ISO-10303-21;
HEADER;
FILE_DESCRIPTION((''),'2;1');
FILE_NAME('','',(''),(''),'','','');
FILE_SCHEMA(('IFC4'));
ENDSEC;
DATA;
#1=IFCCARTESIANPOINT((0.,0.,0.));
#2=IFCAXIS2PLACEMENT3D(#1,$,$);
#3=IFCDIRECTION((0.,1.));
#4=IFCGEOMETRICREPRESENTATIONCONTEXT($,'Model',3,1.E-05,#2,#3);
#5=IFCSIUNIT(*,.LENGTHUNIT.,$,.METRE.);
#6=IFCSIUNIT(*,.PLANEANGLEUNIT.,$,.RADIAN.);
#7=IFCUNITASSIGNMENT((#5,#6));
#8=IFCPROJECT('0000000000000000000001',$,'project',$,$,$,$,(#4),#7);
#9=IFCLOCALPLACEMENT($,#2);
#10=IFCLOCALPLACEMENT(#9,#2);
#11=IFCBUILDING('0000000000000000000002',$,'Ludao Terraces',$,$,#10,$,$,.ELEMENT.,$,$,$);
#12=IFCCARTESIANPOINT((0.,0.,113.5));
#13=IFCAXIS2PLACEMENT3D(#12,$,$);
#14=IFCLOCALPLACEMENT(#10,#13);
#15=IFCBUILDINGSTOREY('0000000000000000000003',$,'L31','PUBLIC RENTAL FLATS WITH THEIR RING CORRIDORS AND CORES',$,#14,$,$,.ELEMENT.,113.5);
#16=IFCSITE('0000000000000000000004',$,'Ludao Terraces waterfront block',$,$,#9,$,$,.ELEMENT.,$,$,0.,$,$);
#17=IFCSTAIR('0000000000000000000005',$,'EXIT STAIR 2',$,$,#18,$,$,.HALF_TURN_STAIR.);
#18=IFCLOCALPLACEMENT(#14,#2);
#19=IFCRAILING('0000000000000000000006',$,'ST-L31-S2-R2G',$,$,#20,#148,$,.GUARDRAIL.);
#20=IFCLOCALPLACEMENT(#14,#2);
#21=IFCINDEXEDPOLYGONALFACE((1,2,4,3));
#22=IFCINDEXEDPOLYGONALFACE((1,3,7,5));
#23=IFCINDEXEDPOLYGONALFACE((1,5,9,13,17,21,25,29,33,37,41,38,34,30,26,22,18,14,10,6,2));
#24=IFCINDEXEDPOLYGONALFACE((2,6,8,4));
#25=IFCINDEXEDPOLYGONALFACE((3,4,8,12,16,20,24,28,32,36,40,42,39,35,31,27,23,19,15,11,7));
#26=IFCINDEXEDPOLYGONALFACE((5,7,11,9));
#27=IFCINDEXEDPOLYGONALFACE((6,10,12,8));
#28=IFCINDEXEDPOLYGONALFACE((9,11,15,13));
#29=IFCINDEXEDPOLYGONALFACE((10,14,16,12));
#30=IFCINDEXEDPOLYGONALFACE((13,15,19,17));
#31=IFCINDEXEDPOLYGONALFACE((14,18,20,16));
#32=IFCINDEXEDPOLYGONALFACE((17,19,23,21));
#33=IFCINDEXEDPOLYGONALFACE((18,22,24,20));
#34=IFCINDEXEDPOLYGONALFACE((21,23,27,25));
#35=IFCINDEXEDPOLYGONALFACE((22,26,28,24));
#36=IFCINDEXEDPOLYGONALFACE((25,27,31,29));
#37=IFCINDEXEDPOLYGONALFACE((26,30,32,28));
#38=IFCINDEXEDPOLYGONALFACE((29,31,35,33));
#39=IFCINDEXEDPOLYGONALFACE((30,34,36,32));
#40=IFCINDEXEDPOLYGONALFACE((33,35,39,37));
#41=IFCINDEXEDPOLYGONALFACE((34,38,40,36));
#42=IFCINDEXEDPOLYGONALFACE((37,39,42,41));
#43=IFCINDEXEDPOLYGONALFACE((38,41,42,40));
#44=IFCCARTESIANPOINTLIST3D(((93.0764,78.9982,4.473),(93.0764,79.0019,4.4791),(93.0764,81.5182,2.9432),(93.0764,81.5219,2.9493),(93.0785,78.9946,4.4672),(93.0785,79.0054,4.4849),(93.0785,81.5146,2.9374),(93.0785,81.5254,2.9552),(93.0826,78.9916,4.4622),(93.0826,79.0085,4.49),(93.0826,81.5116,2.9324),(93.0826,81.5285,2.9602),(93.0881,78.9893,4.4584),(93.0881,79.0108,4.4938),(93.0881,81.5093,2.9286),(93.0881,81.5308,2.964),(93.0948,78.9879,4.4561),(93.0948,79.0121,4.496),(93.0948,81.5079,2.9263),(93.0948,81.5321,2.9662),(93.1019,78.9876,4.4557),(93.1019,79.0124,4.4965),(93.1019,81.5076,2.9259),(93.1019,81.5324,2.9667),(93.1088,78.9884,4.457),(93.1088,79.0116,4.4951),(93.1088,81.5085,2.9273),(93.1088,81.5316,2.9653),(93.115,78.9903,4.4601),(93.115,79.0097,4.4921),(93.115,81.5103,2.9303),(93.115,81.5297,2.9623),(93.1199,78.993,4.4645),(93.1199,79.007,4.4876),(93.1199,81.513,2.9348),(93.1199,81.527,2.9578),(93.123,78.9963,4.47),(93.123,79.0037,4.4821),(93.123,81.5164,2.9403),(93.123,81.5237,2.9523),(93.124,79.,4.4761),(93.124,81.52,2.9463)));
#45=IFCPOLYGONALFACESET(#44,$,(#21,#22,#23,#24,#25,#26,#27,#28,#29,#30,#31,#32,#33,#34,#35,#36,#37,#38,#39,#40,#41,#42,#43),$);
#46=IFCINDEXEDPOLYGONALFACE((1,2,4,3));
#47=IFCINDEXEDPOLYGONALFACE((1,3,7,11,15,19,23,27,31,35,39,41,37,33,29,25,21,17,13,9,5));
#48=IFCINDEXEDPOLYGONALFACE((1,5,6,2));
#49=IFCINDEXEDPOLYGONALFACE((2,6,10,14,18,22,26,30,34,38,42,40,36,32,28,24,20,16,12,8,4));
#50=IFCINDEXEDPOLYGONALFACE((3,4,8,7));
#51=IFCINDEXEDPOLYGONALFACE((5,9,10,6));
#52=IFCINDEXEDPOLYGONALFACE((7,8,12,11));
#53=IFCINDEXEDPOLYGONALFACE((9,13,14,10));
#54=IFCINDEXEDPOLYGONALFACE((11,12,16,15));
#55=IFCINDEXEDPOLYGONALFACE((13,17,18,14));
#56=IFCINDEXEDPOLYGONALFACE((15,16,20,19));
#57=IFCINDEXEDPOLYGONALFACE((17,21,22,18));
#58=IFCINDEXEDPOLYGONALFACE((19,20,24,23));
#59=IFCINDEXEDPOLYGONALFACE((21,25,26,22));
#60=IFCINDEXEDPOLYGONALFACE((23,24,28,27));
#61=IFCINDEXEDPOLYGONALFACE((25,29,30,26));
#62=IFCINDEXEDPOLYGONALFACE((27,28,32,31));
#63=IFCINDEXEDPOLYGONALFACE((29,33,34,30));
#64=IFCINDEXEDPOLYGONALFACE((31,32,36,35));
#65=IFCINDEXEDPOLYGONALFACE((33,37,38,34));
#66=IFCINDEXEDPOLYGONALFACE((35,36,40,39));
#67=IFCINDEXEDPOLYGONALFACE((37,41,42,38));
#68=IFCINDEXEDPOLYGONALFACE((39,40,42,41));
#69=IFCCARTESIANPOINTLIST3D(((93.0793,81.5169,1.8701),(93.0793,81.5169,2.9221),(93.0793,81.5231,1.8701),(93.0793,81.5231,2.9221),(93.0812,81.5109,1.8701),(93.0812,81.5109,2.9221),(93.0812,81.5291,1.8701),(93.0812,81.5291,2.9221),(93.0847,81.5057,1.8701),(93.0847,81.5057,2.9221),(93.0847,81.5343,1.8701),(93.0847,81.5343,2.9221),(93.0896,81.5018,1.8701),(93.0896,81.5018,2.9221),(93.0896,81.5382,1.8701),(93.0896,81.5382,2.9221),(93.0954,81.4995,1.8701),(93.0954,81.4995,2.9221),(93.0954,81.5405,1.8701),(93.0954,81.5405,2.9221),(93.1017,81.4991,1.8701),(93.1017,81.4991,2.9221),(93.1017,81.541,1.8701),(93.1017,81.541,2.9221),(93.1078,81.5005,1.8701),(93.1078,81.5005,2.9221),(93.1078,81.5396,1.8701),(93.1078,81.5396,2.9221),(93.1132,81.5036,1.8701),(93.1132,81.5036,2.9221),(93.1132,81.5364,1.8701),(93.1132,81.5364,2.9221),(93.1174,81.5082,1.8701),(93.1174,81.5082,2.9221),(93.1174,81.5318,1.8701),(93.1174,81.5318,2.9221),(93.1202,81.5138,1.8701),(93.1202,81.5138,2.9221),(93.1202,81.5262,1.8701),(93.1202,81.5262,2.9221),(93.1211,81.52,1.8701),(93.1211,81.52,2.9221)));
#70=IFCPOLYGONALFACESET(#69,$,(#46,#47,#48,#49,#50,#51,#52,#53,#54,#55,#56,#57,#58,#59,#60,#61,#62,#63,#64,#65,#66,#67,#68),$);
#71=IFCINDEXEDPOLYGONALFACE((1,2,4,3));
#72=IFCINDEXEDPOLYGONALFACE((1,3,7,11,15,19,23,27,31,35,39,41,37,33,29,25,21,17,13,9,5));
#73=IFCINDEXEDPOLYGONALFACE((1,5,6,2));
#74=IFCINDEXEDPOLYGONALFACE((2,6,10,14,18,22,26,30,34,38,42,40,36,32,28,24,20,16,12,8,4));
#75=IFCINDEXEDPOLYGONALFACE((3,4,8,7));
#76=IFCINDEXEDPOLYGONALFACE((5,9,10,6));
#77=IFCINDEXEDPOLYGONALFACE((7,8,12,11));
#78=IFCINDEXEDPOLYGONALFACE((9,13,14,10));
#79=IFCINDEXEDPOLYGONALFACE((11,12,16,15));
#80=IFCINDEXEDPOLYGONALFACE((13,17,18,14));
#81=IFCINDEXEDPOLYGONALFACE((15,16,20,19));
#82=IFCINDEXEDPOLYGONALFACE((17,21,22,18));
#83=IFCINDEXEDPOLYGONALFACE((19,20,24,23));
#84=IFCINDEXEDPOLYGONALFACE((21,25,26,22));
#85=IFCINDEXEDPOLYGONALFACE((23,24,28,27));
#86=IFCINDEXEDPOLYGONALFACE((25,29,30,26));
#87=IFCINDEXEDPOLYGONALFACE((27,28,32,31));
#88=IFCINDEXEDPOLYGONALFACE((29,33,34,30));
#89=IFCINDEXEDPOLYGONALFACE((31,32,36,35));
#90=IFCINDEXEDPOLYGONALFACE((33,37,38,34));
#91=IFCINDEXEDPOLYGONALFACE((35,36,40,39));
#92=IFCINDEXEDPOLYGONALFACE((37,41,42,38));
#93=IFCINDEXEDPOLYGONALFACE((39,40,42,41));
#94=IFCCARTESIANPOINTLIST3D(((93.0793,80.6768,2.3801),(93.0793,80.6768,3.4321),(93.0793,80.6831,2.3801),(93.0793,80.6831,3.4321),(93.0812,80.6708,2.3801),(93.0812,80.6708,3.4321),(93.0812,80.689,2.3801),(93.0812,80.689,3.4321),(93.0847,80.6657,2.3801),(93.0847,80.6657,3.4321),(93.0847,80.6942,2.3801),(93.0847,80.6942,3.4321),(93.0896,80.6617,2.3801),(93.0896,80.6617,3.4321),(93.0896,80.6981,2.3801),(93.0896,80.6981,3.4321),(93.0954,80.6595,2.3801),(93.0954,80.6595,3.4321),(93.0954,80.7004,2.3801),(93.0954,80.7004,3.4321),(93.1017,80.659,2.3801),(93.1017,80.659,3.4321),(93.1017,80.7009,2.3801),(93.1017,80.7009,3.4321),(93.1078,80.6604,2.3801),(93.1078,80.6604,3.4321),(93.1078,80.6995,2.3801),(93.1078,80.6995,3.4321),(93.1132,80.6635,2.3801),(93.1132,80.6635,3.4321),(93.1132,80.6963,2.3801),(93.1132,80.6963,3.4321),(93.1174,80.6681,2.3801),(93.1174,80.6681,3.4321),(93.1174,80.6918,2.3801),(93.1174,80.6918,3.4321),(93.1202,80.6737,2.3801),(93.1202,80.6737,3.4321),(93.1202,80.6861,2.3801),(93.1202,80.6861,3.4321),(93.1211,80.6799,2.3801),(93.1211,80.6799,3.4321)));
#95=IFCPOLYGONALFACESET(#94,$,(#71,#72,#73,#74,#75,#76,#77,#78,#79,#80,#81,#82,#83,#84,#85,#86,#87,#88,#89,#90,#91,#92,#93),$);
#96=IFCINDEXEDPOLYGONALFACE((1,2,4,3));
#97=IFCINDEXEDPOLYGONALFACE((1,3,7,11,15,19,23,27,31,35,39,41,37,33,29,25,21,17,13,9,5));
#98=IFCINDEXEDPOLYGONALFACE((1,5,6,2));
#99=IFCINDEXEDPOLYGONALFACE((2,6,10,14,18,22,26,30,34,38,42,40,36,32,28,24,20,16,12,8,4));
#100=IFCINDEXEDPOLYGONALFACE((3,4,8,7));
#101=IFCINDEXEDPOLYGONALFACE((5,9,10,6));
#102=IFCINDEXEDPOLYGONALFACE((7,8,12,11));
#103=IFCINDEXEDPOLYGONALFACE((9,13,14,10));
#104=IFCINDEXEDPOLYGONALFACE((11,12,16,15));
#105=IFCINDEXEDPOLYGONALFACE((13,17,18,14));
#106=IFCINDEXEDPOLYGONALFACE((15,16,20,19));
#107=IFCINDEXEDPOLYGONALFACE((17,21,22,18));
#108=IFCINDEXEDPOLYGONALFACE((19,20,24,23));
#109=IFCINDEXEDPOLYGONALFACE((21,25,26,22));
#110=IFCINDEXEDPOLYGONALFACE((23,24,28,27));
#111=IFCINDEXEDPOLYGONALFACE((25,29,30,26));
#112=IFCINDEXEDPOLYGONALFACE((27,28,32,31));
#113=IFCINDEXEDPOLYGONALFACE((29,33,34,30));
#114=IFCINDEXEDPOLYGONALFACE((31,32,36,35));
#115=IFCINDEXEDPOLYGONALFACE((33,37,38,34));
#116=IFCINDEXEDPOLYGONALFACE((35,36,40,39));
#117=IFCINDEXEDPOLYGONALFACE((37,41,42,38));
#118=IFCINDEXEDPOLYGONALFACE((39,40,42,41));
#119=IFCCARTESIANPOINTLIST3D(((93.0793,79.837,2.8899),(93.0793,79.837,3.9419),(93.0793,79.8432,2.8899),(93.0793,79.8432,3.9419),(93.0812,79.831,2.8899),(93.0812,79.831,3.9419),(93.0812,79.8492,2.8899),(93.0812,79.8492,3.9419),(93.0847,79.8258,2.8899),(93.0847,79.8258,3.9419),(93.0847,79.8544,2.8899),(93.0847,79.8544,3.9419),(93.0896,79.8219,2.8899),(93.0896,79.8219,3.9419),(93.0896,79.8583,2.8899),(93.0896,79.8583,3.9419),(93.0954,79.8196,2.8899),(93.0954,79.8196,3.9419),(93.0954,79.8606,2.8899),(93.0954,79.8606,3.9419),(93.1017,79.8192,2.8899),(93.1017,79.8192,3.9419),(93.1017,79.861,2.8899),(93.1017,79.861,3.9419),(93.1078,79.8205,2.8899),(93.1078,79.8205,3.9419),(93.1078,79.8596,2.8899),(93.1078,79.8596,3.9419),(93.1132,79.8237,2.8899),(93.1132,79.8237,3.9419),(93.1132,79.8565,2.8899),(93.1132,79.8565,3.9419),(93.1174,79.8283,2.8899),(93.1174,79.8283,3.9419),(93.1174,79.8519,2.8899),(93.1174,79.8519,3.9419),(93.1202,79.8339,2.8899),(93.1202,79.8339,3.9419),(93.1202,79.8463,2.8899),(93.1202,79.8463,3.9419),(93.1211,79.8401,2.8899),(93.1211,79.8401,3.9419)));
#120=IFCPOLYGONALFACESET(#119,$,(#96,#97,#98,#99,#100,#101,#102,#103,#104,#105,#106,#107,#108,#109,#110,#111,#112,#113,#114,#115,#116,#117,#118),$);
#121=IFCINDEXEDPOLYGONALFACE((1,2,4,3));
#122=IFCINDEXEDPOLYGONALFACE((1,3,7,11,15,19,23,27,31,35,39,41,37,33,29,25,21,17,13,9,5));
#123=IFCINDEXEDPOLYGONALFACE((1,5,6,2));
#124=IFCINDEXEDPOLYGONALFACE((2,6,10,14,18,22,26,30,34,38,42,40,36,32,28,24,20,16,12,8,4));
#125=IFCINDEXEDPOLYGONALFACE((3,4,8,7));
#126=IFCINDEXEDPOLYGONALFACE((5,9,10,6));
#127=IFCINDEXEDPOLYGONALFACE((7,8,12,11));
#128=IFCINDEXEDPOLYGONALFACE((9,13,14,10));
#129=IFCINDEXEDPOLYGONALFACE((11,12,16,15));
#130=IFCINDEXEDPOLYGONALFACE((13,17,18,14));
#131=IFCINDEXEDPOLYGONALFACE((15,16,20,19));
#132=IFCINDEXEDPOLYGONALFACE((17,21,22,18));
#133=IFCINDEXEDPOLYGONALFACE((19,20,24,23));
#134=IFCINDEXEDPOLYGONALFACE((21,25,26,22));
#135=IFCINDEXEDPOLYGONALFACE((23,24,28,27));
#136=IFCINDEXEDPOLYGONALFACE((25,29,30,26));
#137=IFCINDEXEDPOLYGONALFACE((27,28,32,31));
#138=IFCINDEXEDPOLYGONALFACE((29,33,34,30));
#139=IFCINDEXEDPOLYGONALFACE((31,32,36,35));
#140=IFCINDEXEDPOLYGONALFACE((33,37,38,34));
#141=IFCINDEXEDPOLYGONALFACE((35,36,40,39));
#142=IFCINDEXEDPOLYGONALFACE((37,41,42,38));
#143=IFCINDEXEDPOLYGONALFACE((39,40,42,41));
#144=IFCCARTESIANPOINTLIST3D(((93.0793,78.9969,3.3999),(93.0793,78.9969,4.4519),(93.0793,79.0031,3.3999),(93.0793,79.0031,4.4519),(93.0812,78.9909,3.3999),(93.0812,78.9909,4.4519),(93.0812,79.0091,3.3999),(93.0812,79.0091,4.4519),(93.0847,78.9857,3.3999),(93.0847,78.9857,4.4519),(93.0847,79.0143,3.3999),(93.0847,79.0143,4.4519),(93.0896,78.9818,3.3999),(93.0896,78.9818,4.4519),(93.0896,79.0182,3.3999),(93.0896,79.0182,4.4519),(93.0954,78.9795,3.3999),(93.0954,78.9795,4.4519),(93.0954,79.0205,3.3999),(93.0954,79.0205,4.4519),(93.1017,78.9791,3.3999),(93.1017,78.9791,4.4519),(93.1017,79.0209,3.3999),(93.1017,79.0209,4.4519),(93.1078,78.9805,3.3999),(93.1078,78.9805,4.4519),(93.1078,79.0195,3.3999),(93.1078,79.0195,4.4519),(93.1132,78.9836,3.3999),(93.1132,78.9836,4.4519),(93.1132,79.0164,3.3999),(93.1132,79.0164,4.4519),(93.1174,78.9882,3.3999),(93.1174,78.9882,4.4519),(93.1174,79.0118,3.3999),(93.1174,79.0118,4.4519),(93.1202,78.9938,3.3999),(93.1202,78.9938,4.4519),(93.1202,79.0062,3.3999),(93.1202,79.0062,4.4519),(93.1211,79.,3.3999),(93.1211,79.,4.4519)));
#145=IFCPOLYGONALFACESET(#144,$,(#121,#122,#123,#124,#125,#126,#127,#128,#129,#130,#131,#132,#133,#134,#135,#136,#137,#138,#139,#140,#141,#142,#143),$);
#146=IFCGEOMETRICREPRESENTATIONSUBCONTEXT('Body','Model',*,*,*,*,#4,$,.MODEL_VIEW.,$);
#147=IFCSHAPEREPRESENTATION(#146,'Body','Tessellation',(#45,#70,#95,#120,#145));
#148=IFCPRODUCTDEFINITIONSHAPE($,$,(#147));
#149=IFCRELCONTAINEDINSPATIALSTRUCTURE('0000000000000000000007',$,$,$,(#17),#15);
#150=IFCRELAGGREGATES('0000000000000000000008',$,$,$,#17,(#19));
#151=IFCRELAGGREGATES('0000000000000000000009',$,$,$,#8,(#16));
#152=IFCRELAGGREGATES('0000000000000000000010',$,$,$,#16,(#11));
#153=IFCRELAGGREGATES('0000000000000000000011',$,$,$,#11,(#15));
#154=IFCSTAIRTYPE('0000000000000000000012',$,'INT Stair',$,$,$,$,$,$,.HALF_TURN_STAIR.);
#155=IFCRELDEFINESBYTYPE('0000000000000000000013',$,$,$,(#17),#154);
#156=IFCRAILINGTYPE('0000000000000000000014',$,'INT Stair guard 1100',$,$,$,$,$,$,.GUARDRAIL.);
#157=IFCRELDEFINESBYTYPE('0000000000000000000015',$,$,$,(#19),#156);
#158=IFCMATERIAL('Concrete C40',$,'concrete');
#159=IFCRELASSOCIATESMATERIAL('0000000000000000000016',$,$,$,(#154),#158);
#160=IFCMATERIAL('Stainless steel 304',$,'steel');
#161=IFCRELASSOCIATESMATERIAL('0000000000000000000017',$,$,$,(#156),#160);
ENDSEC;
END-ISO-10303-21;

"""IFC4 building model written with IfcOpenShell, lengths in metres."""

from ifc_helpers import new_model, si_unit, direction, frame, origin, origin_2d, place, context, subcontext, project, spatial, circle, extrude, material, type_object, element, aggregate, save


model = new_model("IFC4")

# Units and contexts
model_context = context("Model", 3, precision=1e-05, world=origin(), true_north=direction((0.0, 1.0)))
body_context = subcontext(model_context, "Body", "Model", "MODEL_VIEW")
ifc_project = project(units=[si_unit("LENGTHUNIT", "METRE"), si_unit("PLANEANGLEUNIT", "RADIAN")], contexts=[model_context])

# Site, building, storey
site_placement = place(None, origin())
site = spatial("IfcSite", under=ifc_project, at=site_placement, Name="Ludao Terraces waterfront block", CompositionType="ELEMENT", RefElevation=0.0)
building_placement = place(site_placement, origin())
building = spatial("IfcBuilding", under=site, at=building_placement, Name="Ludao Terraces", CompositionType="ELEMENT")
storey_placement = place(building_placement, frame((0.0, 0.0, 113.5)))
storey = spatial("IfcBuildingStorey", under=building, at=storey_placement, Name="L31", Description="PUBLIC RENTAL FLATS WITH THEIR RING CORRIDORS AND CORES", CompositionType="ELEMENT", Elevation=113.5)

# Stair, railing
ifc_material_1 = material(Name="Concrete C40", Category="concrete")
stair_type = type_object("IfcStairType", Name="INT Stair", PredefinedType="HALF_TURN_STAIR", material=ifc_material_1)
stair_placement = place(storey_placement, origin())
stair = element("IfcStair", 1, at=stair_placement, inside=storey, type_object=stair_type, Name="EXIT STAIR 2", PredefinedType="HALF_TURN_STAIR")
ifc_material_2 = material(Name="Stainless steel 304", Category="steel")
railing_type_1 = type_object("IfcRailingType", Name="INT Stair guard 1100", PredefinedType="GUARDRAIL", material=ifc_material_2)
railing_1_placement = place(storey_placement, frame((93.1001, 81.52, 1.8701)))
railing_1 = element("IfcRailing", 2, at=railing_1_placement, type_object=railing_type_1, Name="ST-L31-S2-R2G", PredefinedType="GUARDRAIL", context=body_context, shape_type="SweptSolid", body=[
    extrude(circle(Radius=0.0239, at=origin_2d()), frame((0.0, 0.0, 1.0762), z_axis=(0.0, -0.854822, 0.518922), x_axis=(1.0, 0.0, 0.0)), (0.0, 0.0, 1.0), 2.948),
    extrude(circle(Radius=0.021, at=origin_2d()), origin(), (0.0, 0.0, 1.0), 1.052),
    extrude(circle(Radius=0.021, at=origin_2d()), frame((0.0, -0.8401, 0.51)), (0.0, 0.0, 1.0), 1.052),
    extrude(circle(Radius=0.021, at=origin_2d()), frame((0.0, -1.6799, 1.0198)), (0.0, 0.0, 1.0), 1.052),
    extrude(circle(Radius=0.021, at=origin_2d()), frame((0.0, -2.52, 1.5298)), (0.0, 0.0, 1.0), 1.052),
])
aggregate(stair, [railing_1])

save(model, "model.ifc")
